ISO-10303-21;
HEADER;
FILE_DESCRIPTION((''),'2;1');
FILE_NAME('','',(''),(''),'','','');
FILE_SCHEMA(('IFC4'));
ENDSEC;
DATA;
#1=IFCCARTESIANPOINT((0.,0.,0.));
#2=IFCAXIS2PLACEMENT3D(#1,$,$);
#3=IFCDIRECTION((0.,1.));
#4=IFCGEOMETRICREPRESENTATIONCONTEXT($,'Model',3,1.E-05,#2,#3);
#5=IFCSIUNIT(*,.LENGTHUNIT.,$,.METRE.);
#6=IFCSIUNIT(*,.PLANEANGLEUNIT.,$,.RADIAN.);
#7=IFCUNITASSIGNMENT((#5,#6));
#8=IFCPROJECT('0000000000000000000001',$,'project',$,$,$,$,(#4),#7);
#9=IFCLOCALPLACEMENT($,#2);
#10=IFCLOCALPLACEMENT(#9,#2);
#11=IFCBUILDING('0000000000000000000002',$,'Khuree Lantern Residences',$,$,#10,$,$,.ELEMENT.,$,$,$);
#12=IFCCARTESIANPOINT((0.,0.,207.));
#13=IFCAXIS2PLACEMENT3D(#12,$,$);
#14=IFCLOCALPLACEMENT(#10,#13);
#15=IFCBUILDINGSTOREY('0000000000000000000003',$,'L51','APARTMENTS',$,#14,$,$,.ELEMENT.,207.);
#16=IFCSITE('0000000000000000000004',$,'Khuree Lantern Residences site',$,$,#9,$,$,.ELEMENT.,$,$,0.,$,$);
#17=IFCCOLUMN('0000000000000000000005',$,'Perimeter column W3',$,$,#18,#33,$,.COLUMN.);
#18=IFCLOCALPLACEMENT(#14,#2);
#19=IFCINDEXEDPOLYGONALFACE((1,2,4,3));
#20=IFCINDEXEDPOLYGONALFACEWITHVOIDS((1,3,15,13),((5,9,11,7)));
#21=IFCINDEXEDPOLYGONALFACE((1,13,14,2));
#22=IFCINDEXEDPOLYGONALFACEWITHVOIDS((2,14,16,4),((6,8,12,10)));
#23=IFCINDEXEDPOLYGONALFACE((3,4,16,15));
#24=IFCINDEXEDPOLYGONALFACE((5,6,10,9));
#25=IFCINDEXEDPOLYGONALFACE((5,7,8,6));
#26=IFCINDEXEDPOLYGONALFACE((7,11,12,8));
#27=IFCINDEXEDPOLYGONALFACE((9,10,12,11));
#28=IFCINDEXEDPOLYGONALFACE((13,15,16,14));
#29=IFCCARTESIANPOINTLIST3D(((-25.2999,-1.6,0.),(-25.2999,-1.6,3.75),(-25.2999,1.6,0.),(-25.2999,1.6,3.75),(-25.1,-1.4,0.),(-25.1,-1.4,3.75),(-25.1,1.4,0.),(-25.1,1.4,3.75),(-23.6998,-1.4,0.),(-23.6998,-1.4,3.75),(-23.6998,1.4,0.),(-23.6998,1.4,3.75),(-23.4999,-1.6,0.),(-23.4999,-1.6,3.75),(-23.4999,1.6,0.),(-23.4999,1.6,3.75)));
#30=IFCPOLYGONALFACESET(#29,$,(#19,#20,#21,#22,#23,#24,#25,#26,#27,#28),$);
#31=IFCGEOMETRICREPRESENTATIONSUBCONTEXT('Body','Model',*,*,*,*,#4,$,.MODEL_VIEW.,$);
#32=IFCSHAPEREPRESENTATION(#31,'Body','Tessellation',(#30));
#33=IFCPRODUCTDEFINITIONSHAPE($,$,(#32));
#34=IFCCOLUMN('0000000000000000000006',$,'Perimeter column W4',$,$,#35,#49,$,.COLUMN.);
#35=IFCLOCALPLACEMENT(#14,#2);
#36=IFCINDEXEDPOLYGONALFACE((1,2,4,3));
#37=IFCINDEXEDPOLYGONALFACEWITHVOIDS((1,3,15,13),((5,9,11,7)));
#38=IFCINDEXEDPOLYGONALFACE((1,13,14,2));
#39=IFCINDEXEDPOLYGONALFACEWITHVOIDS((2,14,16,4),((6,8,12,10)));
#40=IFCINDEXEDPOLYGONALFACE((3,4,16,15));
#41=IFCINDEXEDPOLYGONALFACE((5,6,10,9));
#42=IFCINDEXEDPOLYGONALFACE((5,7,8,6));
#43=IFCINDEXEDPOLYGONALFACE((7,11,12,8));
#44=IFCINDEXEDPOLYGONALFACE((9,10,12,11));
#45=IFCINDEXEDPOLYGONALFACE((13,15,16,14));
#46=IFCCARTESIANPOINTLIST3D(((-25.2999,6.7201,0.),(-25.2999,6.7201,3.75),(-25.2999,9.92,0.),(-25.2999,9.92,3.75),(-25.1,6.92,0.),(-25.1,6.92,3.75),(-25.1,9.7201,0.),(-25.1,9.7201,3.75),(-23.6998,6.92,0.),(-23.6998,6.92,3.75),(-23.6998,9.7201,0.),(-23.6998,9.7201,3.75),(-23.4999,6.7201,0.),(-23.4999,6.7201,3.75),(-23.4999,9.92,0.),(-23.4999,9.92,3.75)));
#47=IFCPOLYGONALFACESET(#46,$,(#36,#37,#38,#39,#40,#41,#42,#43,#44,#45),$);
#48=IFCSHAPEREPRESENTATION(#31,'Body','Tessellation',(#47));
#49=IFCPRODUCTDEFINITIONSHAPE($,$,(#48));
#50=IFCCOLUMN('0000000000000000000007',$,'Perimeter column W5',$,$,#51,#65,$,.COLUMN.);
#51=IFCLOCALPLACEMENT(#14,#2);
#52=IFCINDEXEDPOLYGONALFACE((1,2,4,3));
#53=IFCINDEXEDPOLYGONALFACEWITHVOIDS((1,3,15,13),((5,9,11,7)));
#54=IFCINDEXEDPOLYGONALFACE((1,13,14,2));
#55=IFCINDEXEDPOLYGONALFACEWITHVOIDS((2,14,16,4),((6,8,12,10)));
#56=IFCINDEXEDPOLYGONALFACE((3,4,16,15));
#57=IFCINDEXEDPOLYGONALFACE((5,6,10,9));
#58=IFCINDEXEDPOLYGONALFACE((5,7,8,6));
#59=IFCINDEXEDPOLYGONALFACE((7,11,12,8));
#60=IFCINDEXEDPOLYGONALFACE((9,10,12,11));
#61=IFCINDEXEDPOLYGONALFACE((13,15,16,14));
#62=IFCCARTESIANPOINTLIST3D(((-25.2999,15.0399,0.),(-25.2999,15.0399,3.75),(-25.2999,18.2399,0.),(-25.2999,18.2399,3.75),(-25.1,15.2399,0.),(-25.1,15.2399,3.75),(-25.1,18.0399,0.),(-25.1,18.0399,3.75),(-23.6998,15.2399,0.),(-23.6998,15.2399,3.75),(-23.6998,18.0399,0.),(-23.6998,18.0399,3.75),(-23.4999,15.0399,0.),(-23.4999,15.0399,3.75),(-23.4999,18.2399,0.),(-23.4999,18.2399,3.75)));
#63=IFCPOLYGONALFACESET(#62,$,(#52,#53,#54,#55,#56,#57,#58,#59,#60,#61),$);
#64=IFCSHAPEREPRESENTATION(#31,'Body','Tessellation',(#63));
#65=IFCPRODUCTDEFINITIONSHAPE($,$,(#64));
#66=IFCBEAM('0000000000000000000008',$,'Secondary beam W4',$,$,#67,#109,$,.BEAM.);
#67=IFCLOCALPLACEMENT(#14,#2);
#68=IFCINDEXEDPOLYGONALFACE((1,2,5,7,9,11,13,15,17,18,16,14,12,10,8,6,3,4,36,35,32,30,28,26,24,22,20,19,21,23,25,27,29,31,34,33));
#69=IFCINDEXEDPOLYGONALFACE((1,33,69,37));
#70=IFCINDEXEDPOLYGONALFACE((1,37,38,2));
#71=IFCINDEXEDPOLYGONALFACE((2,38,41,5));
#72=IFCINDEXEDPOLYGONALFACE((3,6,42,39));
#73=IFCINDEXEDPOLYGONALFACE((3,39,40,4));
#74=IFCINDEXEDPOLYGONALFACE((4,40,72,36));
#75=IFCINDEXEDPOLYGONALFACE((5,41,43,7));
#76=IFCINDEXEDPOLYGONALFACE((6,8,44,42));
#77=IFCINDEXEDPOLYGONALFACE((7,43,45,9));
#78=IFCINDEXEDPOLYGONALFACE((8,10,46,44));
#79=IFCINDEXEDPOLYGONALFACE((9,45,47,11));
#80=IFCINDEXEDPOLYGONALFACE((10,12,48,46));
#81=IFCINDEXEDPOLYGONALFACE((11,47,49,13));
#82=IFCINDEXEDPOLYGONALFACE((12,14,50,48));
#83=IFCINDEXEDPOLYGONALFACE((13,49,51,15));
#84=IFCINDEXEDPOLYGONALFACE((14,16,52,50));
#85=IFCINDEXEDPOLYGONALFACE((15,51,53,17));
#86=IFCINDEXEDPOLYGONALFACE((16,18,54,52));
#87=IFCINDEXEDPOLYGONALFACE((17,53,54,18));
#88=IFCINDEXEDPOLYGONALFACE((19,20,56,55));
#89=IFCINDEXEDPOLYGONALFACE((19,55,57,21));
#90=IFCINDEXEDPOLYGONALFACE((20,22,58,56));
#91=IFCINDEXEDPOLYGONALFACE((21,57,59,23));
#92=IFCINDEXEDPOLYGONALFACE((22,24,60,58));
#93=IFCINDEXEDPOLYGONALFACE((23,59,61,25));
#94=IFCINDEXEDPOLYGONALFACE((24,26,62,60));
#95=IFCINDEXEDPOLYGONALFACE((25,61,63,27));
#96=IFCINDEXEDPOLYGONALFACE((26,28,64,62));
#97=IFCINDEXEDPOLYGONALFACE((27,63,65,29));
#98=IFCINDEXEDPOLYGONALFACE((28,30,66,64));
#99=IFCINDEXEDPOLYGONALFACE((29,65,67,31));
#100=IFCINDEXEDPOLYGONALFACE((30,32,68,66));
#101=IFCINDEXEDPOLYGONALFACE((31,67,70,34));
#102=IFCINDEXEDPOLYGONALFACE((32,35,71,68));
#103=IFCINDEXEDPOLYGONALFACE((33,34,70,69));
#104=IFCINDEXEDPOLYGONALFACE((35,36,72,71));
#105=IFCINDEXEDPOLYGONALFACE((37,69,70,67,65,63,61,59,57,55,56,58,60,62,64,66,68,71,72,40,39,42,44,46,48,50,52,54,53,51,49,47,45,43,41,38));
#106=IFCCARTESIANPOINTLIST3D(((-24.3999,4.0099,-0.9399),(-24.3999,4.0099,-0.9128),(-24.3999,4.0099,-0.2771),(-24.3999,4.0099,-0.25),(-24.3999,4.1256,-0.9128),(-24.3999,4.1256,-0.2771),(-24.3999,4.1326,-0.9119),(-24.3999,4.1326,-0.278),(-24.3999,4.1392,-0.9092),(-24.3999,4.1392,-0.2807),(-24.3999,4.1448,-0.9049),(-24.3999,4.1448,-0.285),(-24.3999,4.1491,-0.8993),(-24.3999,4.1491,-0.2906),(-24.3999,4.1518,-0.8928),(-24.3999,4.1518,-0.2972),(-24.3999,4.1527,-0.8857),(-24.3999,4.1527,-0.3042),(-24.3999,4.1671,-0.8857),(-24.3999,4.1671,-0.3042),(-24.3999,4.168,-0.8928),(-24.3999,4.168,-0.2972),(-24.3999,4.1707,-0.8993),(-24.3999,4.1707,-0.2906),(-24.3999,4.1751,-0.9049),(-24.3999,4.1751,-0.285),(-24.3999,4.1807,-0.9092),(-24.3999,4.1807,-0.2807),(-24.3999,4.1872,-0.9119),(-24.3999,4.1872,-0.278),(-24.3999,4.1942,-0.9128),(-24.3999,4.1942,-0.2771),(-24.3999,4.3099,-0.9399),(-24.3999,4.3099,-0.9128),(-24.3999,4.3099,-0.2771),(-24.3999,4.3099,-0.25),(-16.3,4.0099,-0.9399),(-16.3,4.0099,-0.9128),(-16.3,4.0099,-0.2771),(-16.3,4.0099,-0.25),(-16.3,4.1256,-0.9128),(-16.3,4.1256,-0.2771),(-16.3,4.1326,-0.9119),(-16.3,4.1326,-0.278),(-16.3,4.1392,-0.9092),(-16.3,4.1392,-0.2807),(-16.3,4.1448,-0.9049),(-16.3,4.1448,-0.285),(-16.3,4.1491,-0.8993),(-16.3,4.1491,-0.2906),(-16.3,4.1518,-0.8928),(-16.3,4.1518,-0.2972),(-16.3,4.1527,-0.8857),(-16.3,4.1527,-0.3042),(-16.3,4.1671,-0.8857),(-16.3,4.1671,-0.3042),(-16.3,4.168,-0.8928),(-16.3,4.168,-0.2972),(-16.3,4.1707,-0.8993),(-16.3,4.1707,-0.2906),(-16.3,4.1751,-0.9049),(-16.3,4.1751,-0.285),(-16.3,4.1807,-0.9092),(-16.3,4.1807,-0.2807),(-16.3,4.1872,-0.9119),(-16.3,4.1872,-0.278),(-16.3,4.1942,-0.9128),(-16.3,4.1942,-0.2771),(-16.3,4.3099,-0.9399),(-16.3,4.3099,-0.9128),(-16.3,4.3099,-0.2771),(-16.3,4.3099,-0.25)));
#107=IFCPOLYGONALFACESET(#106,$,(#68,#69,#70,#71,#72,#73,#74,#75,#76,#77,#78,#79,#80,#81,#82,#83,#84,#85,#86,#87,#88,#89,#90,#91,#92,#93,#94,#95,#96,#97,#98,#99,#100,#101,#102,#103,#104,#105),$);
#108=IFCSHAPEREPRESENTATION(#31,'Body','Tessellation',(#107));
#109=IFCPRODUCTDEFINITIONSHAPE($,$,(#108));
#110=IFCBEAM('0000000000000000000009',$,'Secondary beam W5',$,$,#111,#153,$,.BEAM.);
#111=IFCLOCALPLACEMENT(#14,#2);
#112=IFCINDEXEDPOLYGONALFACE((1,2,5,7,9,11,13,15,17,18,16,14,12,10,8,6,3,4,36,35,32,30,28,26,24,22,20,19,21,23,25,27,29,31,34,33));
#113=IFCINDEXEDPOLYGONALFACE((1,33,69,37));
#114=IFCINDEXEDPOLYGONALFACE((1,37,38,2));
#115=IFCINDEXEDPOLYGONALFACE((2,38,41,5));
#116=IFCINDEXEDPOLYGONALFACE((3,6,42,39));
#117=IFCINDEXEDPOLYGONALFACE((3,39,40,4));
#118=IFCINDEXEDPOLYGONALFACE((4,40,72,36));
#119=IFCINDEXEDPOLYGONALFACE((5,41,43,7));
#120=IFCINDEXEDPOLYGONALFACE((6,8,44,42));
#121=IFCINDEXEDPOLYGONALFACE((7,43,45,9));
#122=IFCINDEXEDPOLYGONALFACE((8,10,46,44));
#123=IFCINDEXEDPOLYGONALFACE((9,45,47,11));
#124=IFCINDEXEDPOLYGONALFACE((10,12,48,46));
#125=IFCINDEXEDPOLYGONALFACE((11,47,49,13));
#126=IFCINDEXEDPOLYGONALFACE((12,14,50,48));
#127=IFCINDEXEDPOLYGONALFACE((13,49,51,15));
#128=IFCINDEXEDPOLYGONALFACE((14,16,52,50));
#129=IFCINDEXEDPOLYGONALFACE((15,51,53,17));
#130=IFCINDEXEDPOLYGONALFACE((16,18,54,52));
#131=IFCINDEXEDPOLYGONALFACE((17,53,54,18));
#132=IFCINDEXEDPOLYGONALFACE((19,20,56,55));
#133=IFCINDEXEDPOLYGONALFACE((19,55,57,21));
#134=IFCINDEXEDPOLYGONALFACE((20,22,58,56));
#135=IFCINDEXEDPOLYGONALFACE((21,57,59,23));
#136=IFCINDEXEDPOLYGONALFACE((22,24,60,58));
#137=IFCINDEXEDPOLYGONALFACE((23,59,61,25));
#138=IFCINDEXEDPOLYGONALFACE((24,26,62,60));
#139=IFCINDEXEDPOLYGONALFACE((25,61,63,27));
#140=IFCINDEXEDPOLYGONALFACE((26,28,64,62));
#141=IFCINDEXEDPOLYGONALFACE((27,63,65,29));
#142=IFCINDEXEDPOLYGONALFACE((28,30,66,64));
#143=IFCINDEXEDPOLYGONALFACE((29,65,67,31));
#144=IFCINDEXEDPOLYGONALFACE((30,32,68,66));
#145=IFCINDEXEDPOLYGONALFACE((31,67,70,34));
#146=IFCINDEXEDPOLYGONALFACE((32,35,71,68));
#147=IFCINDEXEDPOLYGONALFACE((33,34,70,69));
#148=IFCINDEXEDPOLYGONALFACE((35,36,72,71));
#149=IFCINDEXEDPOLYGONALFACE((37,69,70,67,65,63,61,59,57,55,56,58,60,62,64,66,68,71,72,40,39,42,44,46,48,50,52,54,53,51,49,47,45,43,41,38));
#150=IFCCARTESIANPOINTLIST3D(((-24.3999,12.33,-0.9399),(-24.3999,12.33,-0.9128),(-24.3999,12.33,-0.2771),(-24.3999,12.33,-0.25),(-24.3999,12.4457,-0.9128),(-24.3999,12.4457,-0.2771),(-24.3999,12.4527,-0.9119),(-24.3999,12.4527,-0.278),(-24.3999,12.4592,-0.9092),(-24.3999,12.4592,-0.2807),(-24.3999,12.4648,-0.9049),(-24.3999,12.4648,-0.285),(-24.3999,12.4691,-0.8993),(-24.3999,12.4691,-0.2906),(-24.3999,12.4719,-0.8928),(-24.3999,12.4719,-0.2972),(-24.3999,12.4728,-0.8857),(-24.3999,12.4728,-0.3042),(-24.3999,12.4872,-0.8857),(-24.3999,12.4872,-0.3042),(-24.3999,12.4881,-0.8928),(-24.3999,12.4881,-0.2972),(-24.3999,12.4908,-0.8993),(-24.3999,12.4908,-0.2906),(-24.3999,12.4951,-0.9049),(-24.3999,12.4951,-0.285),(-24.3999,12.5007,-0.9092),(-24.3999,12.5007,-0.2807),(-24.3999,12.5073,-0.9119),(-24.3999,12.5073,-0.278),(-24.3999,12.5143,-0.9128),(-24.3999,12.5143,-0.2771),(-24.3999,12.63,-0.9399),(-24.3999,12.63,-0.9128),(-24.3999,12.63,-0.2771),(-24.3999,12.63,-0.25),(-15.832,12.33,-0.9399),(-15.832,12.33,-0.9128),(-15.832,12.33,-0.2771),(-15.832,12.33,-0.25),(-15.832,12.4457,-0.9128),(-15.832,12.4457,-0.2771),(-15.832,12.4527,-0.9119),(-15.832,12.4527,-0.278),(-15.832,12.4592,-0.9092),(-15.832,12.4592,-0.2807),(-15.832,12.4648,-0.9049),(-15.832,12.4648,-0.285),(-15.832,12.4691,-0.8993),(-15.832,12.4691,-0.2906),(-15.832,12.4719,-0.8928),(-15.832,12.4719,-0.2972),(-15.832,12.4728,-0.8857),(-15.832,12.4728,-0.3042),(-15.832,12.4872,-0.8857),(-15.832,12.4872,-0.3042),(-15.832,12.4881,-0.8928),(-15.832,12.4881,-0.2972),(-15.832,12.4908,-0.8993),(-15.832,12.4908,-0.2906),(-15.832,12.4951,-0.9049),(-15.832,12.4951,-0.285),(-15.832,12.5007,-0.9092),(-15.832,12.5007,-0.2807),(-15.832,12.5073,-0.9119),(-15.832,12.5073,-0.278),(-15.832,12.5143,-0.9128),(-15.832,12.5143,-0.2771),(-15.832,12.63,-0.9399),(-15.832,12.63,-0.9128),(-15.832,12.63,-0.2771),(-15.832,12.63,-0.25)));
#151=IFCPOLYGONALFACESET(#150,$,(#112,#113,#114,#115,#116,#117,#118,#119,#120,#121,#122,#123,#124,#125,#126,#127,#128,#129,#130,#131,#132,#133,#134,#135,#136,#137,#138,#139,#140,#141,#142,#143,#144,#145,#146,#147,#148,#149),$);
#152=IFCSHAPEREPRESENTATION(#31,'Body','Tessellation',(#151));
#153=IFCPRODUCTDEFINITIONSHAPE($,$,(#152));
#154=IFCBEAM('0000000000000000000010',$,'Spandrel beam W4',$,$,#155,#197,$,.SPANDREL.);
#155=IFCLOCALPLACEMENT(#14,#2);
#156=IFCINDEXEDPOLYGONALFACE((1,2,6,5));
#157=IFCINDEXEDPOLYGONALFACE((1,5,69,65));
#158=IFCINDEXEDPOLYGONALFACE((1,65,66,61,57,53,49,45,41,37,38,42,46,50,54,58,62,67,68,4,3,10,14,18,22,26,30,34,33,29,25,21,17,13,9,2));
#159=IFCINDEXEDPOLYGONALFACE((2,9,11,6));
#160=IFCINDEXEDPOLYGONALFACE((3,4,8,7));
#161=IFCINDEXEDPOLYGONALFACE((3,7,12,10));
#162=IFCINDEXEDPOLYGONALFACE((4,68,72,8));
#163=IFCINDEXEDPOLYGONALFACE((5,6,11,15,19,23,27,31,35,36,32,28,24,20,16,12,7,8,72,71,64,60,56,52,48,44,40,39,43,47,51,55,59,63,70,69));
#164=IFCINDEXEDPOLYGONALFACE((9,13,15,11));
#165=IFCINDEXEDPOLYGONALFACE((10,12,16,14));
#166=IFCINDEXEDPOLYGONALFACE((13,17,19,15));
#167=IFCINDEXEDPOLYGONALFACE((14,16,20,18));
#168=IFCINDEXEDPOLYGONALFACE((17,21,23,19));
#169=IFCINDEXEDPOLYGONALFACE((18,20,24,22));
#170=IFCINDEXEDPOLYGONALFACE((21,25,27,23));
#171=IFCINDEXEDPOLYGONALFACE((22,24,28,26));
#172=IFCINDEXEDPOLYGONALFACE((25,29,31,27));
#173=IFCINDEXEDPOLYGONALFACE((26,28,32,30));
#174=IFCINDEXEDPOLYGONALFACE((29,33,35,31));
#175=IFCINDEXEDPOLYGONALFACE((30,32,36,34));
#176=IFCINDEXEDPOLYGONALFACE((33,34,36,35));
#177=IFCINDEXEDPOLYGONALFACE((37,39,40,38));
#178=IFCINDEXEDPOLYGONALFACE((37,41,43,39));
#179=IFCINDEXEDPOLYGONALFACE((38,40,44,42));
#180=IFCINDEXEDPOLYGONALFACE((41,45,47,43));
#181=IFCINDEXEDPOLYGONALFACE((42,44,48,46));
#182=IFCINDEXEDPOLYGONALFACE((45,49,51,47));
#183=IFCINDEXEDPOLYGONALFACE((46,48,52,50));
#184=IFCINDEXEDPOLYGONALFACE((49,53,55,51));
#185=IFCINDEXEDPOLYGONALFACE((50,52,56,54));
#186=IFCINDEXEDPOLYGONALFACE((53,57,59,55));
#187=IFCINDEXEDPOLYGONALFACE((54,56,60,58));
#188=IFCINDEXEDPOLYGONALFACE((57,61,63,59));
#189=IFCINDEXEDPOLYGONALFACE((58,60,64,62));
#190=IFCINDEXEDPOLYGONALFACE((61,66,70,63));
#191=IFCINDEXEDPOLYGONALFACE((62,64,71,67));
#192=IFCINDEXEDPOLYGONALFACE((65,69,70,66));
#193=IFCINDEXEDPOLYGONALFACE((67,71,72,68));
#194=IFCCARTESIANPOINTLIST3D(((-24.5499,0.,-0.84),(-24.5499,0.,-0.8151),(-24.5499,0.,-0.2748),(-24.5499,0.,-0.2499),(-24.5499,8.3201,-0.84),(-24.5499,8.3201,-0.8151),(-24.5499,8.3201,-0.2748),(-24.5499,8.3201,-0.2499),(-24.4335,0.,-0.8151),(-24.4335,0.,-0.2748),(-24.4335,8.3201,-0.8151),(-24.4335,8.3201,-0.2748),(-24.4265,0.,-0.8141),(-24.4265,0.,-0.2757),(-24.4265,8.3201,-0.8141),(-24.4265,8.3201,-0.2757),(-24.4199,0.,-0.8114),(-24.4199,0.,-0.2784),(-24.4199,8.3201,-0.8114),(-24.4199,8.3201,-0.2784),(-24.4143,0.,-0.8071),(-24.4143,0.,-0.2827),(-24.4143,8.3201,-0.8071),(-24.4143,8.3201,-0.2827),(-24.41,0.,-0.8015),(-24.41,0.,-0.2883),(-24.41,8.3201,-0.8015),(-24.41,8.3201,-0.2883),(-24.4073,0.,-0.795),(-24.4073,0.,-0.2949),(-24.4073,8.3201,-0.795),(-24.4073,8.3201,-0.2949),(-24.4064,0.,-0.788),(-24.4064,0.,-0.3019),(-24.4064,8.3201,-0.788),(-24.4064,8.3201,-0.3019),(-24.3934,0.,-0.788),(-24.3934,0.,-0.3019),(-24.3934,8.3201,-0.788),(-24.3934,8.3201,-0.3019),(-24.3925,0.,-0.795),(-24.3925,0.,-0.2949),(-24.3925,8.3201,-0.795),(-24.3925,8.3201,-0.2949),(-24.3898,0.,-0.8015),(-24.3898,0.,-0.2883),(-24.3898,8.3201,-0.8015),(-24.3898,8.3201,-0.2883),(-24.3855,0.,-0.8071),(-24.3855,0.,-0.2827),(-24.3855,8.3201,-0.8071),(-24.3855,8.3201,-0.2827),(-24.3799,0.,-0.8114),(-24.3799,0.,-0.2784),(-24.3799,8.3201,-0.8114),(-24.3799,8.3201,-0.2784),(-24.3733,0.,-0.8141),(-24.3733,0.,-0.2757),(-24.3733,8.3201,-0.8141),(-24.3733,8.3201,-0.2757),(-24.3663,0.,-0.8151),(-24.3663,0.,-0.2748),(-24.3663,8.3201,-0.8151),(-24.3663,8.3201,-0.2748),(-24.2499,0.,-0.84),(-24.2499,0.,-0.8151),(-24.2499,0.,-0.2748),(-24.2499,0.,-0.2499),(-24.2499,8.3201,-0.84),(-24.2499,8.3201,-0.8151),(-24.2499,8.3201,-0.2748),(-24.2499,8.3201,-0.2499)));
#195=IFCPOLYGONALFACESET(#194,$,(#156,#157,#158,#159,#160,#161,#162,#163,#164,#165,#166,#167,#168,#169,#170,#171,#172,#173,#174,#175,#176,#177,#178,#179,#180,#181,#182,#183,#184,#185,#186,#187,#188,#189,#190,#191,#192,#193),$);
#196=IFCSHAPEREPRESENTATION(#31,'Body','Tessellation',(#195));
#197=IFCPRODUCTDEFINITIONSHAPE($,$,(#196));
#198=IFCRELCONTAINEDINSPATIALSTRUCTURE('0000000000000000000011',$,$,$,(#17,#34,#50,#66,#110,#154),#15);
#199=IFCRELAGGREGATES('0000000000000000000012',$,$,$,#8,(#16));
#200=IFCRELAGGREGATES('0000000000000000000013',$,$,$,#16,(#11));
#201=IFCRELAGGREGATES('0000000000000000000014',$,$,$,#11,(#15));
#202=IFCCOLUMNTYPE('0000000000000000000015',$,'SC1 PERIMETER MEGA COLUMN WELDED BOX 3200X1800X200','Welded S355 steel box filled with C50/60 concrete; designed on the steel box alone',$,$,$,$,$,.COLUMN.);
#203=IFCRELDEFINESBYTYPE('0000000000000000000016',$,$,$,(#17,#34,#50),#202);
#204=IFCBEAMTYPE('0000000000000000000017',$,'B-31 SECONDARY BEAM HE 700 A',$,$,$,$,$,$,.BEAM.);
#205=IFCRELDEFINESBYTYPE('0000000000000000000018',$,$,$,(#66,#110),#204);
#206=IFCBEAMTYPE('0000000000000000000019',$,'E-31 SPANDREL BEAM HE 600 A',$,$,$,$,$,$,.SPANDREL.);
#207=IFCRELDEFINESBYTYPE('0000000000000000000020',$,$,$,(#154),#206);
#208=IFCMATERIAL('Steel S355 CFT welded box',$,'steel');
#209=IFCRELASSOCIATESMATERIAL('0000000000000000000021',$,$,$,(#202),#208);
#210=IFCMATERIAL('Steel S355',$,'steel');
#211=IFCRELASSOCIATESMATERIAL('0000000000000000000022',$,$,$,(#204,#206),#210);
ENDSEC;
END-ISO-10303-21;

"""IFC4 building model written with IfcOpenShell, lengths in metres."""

from ifc_helpers import new_model, si_unit, direction, frame, origin, origin_2d, place, context, subcontext, project, spatial, hollow_rectangle, i_section, extrude, material, material_profile, profile_set, type_object, element, save


model = new_model("IFC4")

# Units and contexts
model_context = context("Model", 3, precision=1e-05, world=origin(), true_north=direction((0.0, 1.0)))
body_context = subcontext(model_context, "Body", "Model", "MODEL_VIEW")
ifc_project = project(units=[si_unit("LENGTHUNIT", "METRE"), si_unit("PLANEANGLEUNIT", "RADIAN")], contexts=[model_context])

# Site, building, storey
site_placement = place(None, origin())
site = spatial("IfcSite", under=ifc_project, at=site_placement, Name="Khuree Lantern Residences site", CompositionType="ELEMENT", RefElevation=0.0)
building_placement = place(site_placement, origin())
building = spatial("IfcBuilding", under=site, at=building_placement, Name="Khuree Lantern Residences", CompositionType="ELEMENT")
storey_placement = place(building_placement, frame((0.0, 0.0, 207.0)))
storey = spatial("IfcBuildingStorey", under=building, at=storey_placement, Name="L51", Description="APARTMENTS", CompositionType="ELEMENT", Elevation=207.0)

# Columns
ifc_material_1 = material(Name="Steel S355 CFT welded box", Category="steel")
ifc_material_profile_1 = material_profile(ifc_material_1, hollow_rectangle(XDim=3.2, YDim=1.8, WallThickness=0.2, at=origin_2d()), Name="WELDED BOX 3200X1800X200")
ifc_profile_set_1 = profile_set([ifc_material_profile_1], Name="Steel S355 CFT welded box")
column_type = type_object("IfcColumnType", Name="SC1 PERIMETER MEGA COLUMN WELDED BOX 3200X1800X200", Description="Welded S355 steel box filled with C50/60 concrete; designed on the steel box alone", PredefinedType="COLUMN", material=ifc_profile_set_1)
for number, where, z_axis, x_axis, name in (
    (1, (-24.3999, 0.0, 0.0), (0.0, 0.0, 1.0), (0.0, 1.0, 0.0), "Perimeter column W3"),
    (2, (-24.3999, 8.3201, 0.0), (0.0, 0.0, 1.0), (0.0, 1.0, 0.0), "Perimeter column W4"),
    (3, (-24.3999, 16.6399, 0.0), (0.0, 0.0, 1.0), (0.0, 1.0, 0.0), "Perimeter column W5"),
):
    element("IfcColumn", number, at=place(storey_placement, frame(where, z_axis=z_axis, x_axis=x_axis)), inside=storey, type_object=column_type, Name=name, PredefinedType="COLUMN", context=body_context, shape_type="SweptSolid", body=[
        extrude(hollow_rectangle(XDim=3.2, YDim=1.8, WallThickness=0.2, at=origin_2d()), origin(), (0.0, 0.0, 1.0), 3.75),
    ])

# Beams
ifc_material_2 = material(Name="Steel S355", Category="steel")
ifc_material_profile_2 = material_profile(ifc_material_2, i_section(OverallWidth=0.3, OverallDepth=0.6899, WebThickness=0.0144, FlangeThickness=0.0271, FilletRadius=0.0271, at=origin_2d()), Name="HE 700 A")
ifc_profile_set_2 = profile_set([ifc_material_profile_2], Name="Steel S355")
beam_type_1 = type_object("IfcBeamType", Name="B-31 SECONDARY BEAM HE 700 A", PredefinedType="BEAM", material=ifc_profile_set_2)
beam_1_placement = place(storey_placement, frame((-24.3999, 4.1599, -0.595), z_axis=(1.0, 0.0, 0.0), x_axis=(0.0, 1.0, 0.0)))
element("IfcBeam", 4, at=beam_1_placement, inside=storey, type_object=beam_type_1, Name="Secondary beam W4", PredefinedType="BEAM", context=body_context, shape_type="SweptSolid", body=[
    extrude(i_section(OverallWidth=0.3, OverallDepth=0.6899, WebThickness=0.0144, FlangeThickness=0.0271, FilletRadius=0.0271, at=origin_2d()), origin(), (0.0, 0.0, 1.0), 8.0999),
])
beam_2_placement = place(storey_placement, frame((-24.3999, 12.48, -0.595), z_axis=(1.0, 0.0, 0.0), x_axis=(0.0, 1.0, 0.0)))
element("IfcBeam", 5, at=beam_2_placement, inside=storey, type_object=beam_type_1, Name="Secondary beam W5", PredefinedType="BEAM", context=body_context, shape_type="SweptSolid", body=[
    extrude(i_section(OverallWidth=0.3, OverallDepth=0.6899, WebThickness=0.0144, FlangeThickness=0.0271, FilletRadius=0.0271, at=origin_2d()), origin(), (0.0, 0.0, 1.0), 8.5679),
])
ifc_material_profile_3 = material_profile(ifc_material_2, i_section(OverallWidth=0.3, OverallDepth=0.5901, WebThickness=0.0129, FlangeThickness=0.0249, FilletRadius=0.0271, at=origin_2d()), Name="HE 600 A")
ifc_profile_set_3 = profile_set([ifc_material_profile_3], Name="Steel S355")
beam_type_2 = type_object("IfcBeamType", Name="E-31 SPANDREL BEAM HE 600 A", PredefinedType="SPANDREL", material=ifc_profile_set_3)
beam_3_placement = place(storey_placement, frame((-24.3999, 0.0, -0.5449), z_axis=(0.0, 1.0, 0.0), x_axis=(-1.0, 0.0, 0.0)))
element("IfcBeam", 6, at=beam_3_placement, inside=storey, type_object=beam_type_2, Name="Spandrel beam W4", PredefinedType="SPANDREL", context=body_context, shape_type="SweptSolid", body=[
    extrude(i_section(OverallWidth=0.3, OverallDepth=0.5901, WebThickness=0.0129, FlangeThickness=0.0249, FilletRadius=0.0271, at=origin_2d()), origin(), (0.0, 0.0, 1.0), 8.3201),
])

save(model, "model.ifc")
